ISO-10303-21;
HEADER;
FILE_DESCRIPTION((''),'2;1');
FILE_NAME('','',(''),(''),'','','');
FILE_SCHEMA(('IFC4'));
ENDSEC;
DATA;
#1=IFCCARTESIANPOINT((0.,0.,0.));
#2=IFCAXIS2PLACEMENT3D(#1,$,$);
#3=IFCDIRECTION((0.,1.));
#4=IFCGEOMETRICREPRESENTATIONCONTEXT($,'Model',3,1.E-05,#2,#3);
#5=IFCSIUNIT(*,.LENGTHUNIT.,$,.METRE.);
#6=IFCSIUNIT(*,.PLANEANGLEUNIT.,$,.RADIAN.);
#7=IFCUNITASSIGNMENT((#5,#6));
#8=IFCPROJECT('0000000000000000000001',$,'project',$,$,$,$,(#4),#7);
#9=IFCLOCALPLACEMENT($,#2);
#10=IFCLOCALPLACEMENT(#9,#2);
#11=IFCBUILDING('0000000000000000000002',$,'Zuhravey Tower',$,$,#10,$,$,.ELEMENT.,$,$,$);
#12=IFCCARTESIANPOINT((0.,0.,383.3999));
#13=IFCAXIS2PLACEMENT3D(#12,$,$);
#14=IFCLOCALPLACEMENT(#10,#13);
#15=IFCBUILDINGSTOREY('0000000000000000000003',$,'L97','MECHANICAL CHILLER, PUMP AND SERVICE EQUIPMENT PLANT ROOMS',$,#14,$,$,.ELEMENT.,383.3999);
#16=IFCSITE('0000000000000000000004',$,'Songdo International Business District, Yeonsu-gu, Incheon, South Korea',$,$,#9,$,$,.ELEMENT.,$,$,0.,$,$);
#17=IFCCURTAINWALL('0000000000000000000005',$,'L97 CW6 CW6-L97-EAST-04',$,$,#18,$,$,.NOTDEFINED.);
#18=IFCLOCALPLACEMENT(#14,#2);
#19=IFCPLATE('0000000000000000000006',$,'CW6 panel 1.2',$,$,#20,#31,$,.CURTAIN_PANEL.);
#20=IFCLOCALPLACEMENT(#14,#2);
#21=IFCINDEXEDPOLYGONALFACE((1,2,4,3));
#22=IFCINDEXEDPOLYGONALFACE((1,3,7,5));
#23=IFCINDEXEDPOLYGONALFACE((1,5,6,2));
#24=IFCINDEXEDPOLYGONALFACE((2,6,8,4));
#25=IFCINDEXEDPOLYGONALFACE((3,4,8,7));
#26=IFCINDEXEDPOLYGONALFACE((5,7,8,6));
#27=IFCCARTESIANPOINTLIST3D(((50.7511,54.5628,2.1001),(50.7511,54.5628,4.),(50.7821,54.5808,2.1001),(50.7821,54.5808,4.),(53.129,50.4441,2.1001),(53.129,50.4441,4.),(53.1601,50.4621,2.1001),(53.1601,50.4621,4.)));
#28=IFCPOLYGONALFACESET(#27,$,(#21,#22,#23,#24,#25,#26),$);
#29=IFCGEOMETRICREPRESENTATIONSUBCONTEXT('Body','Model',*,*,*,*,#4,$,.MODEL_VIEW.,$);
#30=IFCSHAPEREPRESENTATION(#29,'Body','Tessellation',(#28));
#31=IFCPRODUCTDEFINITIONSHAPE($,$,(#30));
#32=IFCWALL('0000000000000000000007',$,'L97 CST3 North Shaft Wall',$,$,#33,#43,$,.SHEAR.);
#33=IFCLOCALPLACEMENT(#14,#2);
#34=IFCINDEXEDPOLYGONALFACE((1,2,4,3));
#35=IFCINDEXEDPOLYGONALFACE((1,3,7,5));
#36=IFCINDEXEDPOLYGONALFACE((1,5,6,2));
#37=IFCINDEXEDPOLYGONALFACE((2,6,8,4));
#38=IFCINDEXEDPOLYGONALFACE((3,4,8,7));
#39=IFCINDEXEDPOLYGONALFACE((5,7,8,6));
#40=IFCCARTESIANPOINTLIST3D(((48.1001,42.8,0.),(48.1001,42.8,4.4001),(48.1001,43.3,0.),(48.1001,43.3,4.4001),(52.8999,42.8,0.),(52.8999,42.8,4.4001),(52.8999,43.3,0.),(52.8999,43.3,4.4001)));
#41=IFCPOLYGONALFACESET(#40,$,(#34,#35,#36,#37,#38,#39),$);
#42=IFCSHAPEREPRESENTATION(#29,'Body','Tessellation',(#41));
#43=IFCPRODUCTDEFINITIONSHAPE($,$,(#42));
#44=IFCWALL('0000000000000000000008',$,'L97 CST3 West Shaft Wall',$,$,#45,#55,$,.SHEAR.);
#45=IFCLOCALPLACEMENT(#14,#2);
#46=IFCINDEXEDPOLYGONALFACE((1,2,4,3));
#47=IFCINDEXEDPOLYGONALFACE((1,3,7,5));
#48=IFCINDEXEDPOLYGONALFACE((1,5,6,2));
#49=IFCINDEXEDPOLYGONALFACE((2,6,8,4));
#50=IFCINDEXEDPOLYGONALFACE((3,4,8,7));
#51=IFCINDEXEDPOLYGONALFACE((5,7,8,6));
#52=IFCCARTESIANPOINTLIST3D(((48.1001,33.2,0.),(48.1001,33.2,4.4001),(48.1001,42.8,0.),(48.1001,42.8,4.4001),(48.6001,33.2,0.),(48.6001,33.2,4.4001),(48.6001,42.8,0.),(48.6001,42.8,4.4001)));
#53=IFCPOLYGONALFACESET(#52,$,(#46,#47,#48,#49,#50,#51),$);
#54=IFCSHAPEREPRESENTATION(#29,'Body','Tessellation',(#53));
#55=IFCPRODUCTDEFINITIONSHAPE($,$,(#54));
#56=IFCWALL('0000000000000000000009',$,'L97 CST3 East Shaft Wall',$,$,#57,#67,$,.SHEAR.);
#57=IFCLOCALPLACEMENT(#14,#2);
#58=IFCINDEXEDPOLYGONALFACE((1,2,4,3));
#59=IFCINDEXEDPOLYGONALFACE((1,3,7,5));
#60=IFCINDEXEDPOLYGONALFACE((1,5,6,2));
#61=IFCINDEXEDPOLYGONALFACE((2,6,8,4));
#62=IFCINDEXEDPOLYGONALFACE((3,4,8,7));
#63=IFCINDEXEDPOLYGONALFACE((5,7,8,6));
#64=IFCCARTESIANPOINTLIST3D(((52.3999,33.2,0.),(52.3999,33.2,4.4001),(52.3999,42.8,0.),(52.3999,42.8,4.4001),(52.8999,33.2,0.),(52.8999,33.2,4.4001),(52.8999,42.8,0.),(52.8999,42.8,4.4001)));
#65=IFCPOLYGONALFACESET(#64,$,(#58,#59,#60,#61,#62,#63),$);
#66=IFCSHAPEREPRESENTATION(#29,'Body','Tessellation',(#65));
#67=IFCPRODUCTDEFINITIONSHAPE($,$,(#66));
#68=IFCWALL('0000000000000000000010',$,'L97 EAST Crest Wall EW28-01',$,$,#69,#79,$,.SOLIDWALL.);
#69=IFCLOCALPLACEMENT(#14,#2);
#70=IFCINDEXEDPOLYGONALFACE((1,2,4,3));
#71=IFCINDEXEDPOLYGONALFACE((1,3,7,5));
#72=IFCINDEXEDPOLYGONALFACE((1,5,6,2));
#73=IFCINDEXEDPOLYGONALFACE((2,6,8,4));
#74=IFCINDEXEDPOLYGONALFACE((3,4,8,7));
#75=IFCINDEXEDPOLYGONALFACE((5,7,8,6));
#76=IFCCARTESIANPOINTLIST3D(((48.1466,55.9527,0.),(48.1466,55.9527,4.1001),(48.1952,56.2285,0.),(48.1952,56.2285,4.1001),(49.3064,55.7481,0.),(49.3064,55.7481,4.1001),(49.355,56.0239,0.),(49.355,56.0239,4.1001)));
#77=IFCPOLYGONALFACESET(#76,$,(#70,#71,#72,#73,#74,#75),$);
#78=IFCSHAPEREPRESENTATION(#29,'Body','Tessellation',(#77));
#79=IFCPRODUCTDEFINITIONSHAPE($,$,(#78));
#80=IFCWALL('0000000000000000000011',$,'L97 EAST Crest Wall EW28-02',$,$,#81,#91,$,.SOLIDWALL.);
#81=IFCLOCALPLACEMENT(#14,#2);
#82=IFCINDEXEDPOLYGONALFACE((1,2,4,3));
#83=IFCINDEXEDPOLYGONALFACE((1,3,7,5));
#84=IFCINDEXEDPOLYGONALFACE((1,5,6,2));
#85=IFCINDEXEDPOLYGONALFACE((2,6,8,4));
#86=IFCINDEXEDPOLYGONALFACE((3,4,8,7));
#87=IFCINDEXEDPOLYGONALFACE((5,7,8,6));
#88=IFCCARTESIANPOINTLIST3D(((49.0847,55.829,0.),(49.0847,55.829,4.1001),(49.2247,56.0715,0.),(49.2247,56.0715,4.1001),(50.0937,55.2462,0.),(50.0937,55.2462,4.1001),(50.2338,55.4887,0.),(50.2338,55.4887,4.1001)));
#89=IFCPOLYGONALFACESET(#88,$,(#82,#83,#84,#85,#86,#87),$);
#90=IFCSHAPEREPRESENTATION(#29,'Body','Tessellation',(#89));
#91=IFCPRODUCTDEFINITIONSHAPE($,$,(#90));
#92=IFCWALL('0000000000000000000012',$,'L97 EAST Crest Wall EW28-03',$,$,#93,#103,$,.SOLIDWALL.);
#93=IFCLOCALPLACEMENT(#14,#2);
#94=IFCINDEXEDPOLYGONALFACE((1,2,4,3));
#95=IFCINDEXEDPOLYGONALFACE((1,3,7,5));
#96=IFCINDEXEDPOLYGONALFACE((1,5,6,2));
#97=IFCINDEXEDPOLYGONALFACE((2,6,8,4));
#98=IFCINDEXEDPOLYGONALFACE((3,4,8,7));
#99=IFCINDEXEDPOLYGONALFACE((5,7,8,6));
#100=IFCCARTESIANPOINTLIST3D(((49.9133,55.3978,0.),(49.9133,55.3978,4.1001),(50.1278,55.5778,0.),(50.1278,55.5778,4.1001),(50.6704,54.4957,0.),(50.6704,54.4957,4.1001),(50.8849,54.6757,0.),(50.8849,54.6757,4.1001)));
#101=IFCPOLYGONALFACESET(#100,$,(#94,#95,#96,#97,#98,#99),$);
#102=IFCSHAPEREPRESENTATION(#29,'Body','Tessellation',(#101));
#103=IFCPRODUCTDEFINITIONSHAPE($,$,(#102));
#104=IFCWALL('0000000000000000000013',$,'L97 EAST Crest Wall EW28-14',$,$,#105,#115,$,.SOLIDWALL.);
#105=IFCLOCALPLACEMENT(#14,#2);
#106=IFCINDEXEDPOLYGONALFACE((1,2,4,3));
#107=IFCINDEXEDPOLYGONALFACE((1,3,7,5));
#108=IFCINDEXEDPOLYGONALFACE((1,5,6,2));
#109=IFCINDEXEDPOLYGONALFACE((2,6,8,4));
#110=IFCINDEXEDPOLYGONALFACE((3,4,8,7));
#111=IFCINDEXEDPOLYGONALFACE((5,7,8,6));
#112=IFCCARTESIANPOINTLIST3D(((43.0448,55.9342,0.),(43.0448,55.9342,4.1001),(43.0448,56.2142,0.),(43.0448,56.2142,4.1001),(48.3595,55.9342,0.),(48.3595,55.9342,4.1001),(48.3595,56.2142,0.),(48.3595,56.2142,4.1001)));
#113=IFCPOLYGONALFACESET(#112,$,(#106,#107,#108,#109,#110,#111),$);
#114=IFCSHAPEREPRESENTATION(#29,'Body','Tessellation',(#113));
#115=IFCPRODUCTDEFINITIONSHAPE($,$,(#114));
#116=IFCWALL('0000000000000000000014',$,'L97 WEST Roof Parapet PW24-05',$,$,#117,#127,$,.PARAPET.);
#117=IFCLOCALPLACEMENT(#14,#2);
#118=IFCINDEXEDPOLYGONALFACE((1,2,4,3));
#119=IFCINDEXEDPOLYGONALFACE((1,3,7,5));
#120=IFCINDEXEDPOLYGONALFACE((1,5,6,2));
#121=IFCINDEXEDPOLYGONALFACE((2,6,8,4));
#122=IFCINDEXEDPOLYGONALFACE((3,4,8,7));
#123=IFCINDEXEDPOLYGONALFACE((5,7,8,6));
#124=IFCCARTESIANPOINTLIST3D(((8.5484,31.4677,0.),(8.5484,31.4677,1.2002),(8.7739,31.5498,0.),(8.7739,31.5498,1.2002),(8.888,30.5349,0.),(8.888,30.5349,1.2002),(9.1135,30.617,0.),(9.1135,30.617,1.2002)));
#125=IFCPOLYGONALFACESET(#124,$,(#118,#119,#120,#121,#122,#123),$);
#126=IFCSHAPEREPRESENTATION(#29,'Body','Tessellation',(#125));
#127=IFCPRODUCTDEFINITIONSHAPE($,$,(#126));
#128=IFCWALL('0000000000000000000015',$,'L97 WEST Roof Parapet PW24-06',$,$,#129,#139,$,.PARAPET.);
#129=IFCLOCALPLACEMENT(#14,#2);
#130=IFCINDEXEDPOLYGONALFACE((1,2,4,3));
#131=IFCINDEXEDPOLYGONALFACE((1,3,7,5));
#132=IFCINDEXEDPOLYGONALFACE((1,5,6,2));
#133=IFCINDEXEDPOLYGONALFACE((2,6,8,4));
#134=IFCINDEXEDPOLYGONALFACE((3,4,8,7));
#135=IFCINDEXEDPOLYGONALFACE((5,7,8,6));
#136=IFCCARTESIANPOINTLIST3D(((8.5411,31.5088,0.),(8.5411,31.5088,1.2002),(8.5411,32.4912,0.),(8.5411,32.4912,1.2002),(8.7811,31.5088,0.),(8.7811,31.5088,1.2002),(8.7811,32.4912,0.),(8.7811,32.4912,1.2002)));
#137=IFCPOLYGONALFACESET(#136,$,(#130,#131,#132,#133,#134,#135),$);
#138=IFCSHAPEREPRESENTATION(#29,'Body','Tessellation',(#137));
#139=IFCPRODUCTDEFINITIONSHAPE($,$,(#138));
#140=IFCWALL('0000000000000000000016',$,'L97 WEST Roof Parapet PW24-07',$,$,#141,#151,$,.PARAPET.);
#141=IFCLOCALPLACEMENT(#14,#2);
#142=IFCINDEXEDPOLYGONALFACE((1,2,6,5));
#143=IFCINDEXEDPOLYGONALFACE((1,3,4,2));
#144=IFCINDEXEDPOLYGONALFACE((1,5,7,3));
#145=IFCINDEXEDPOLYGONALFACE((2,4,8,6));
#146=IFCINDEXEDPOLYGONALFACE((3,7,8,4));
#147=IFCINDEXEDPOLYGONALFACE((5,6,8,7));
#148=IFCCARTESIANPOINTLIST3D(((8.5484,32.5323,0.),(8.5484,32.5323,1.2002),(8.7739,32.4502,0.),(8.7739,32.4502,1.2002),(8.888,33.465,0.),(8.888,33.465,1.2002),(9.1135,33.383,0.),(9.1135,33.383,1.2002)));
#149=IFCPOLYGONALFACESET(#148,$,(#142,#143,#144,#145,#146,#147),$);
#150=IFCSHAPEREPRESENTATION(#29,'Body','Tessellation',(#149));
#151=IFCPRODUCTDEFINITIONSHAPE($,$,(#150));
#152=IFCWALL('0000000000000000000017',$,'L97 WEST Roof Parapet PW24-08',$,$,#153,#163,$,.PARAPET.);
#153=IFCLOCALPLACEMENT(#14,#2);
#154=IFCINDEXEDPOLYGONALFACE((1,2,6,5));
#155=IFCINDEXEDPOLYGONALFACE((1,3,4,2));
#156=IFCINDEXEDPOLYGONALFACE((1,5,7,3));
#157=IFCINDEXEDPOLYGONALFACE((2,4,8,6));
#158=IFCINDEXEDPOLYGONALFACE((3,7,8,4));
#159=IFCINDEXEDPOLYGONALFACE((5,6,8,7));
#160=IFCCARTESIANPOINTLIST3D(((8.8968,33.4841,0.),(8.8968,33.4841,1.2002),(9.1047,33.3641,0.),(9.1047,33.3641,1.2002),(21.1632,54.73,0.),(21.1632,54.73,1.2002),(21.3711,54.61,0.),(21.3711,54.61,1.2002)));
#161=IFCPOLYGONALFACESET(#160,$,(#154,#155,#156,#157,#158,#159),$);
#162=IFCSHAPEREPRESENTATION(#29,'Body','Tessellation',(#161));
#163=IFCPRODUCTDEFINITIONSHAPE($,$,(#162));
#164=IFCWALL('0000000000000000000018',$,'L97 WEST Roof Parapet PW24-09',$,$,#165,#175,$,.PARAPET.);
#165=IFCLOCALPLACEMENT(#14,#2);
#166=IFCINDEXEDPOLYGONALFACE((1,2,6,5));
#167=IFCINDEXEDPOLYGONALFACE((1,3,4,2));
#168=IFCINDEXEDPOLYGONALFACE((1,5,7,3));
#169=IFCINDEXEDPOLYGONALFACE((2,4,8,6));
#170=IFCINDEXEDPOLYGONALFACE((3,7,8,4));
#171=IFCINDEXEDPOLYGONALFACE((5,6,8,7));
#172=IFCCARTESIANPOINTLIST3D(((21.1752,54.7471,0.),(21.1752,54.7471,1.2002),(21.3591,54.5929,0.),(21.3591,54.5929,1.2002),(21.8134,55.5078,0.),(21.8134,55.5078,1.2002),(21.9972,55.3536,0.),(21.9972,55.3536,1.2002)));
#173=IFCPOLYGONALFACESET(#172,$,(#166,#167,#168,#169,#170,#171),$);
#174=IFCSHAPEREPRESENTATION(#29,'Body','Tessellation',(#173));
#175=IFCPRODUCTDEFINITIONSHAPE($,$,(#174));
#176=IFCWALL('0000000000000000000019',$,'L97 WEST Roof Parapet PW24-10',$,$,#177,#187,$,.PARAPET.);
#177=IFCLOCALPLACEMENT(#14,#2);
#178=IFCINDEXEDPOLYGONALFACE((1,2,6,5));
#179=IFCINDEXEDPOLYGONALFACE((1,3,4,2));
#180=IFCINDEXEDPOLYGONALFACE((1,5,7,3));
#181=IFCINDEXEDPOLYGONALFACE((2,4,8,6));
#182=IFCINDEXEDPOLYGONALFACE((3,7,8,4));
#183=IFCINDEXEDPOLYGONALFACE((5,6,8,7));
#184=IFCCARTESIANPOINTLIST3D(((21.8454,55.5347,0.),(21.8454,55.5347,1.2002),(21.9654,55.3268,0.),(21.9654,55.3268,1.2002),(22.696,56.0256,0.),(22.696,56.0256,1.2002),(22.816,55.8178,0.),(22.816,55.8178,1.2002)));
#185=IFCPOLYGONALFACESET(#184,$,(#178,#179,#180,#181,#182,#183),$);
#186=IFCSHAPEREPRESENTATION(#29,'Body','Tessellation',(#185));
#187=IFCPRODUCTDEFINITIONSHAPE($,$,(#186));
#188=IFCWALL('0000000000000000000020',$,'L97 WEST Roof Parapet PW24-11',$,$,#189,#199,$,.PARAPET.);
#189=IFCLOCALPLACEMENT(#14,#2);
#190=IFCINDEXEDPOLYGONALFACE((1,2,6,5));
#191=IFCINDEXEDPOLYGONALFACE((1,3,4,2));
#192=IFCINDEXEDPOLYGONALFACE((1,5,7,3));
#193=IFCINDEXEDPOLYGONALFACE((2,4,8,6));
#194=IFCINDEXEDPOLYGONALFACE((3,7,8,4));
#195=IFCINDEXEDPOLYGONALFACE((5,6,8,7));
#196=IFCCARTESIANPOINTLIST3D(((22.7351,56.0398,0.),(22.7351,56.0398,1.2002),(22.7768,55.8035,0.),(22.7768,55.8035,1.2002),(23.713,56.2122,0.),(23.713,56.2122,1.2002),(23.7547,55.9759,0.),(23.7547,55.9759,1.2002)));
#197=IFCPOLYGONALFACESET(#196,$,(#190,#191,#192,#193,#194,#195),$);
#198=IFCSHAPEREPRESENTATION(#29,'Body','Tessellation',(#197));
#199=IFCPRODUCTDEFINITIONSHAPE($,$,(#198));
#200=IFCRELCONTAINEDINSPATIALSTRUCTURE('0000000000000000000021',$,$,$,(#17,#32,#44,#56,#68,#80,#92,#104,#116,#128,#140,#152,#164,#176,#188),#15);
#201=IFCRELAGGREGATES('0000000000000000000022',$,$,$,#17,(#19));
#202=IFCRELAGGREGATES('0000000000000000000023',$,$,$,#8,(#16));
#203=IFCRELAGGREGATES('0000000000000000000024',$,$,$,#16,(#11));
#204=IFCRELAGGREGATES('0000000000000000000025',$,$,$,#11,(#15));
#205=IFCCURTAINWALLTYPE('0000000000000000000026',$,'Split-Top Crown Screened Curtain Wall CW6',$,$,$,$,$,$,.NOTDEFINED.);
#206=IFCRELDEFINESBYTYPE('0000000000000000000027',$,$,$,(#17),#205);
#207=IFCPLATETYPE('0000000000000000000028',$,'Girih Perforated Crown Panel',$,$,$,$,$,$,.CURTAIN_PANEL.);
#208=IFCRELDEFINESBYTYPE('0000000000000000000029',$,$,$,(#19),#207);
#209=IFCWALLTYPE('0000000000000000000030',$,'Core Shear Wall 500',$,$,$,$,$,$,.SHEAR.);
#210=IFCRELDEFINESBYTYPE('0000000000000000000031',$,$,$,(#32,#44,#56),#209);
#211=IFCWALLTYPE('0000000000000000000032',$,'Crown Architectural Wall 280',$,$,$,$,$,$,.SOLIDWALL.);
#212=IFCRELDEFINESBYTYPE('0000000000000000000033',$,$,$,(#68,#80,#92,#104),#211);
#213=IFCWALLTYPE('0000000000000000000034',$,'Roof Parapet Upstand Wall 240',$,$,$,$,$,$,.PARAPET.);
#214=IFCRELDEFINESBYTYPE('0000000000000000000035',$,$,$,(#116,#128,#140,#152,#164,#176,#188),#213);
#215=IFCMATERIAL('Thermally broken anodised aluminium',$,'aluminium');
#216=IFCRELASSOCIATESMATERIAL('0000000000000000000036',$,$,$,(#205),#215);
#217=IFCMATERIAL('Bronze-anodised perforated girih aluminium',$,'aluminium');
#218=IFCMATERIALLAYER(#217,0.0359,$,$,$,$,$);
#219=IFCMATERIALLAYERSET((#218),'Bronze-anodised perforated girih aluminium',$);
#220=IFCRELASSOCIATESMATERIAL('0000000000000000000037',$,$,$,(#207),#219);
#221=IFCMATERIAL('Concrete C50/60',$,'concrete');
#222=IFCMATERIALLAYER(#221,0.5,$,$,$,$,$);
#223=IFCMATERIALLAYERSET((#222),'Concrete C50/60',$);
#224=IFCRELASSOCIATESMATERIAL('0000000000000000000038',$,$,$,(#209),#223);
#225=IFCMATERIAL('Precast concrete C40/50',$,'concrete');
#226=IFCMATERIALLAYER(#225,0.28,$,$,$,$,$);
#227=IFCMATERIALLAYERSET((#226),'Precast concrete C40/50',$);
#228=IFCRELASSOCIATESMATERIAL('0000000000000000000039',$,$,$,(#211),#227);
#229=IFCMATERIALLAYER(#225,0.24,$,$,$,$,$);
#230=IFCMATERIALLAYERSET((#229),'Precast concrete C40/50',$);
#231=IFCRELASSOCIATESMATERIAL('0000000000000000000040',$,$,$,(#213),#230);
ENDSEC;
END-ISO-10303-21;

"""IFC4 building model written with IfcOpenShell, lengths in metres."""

from ifc_helpers import new_model, si_unit, direction, frame, frame_2d, origin, origin_2d, place, context, subcontext, project, spatial, rectangle, extrude, material, layer, layer_set, type_object, element, aggregate, save


model = new_model("IFC4")

# Units and contexts
model_context = context("Model", 3, precision=1e-05, world=origin(), true_north=direction((0.0, 1.0)))
body_context = subcontext(model_context, "Body", "Model", "MODEL_VIEW")
ifc_project = project(units=[si_unit("LENGTHUNIT", "METRE"), si_unit("PLANEANGLEUNIT", "RADIAN")], contexts=[model_context])

# Site, building, storey
site_placement = place(None, origin())
site = spatial("IfcSite", under=ifc_project, at=site_placement, Name="Songdo International Business District, Yeonsu-gu, Incheon, South Korea", CompositionType="ELEMENT", RefElevation=0.0)
building_placement = place(site_placement, origin())
building = spatial("IfcBuilding", under=site, at=building_placement, Name="Zuhravey Tower", CompositionType="ELEMENT")
storey_placement = place(building_placement, frame((0.0, 0.0, 383.3999)))
storey = spatial("IfcBuildingStorey", under=building, at=storey_placement, Name="L97", Description="MECHANICAL CHILLER, PUMP AND SERVICE EQUIPMENT PLANT ROOMS", CompositionType="ELEMENT", Elevation=383.3999)

# Curtain wall, plate
ifc_material_1 = material(Name="Thermally broken anodised aluminium", Category="aluminium")
curtain_wall_type = type_object("IfcCurtainWallType", Name="Split-Top Crown Screened Curtain Wall CW6", PredefinedType="NOTDEFINED", material=ifc_material_1)
curtain_wall_placement = place(storey_placement, origin())
curtain_wall = element("IfcCurtainWall", 1, at=curtain_wall_placement, inside=storey, type_object=curtain_wall_type, Name="L97 CW6 CW6-L97-EAST-04", PredefinedType="NOTDEFINED")
ifc_material_2 = material(Name="Bronze-anodised perforated girih aluminium", Category="aluminium")
ifc_layer_1 = layer(ifc_material_2, 0.0359)
ifc_layer_set_1 = layer_set([ifc_layer_1], Name="Bronze-anodised perforated girih aluminium")
plate_type = type_object("IfcPlateType", Name="Girih Perforated Crown Panel", PredefinedType="CURTAIN_PANEL", material=ifc_layer_set_1)
plate_1_placement = place(storey_placement, frame((51.9556, 52.5125, 2.1001), z_axis=(0.0, 0.0, 1.0), x_axis=(0.499997, -0.866027, 0.0)))
plate_1 = element("IfcPlate", 2, at=plate_1_placement, type_object=plate_type, Name="CW6 panel 1.2", PredefinedType="CURTAIN_PANEL", context=body_context, shape_type="SweptSolid", body=[
    extrude(rectangle(XDim=4.7559, YDim=0.0359, at=origin_2d()), origin(), (0.0, 0.0, 1.0), 1.8999),
])
aggregate(curtain_wall, [plate_1])

# Shared definitions
ifc_material_3 = material(Name="Concrete C50/60", Category="concrete")
ifc_layer_2 = layer(ifc_material_3, 0.5)
ifc_layer_set_2 = layer_set([ifc_layer_2], Name="Concrete C50/60")
wall_type_1 = type_object("IfcWallType", Name="Core Shear Wall 500", PredefinedType="SHEAR", material=ifc_layer_set_2)

# Walls
wall_1_placement = place(storey_placement, frame((52.8999, 43.05, 0.0), z_axis=(0.0, 0.0, 1.0), x_axis=(-1.0, 0.0, 0.0)))
element("IfcWall", 3, at=wall_1_placement, inside=storey, type_object=wall_type_1, Name="L97 CST3 North Shaft Wall", PredefinedType="SHEAR", context=body_context, shape_type="SweptSolid", body=[
    extrude(rectangle(XDim=4.7998, YDim=0.5, at=frame_2d((2.3999, 0.0))), origin(), (0.0, 0.0, 1.0), 4.4001),
])
for number, where, z_axis, x_axis, name in (
    (4, (48.3501, 33.2, 0.0), (0.0, 0.0, 1.0), (0.0, 1.0, 0.0), "L97 CST3 West Shaft Wall"),
    (5, (52.6499, 42.8, 0.0), (0.0, 0.0, 1.0), (0.0, -1.0, 0.0), "L97 CST3 East Shaft Wall"),
):
    element("IfcWall", number, at=place(storey_placement, frame(where, z_axis=z_axis, x_axis=x_axis)), inside=storey, type_object=wall_type_1, Name=name, PredefinedType="SHEAR", context=body_context, shape_type="SweptSolid", body=[
        extrude(rectangle(XDim=9.6001, YDim=0.5, at=frame_2d((4.8, 0.0))), origin(), (0.0, 0.0, 1.0), 4.4001),
    ])
ifc_material_4 = material(Name="Precast concrete C40/50", Category="concrete")
ifc_layer_3 = layer(ifc_material_4, 0.28)
ifc_layer_set_3 = layer_set([ifc_layer_3], Name="Precast concrete C40/50")
wall_type_2 = type_object("IfcWallType", Name="Crown Architectural Wall 280", PredefinedType="SOLIDWALL", material=ifc_layer_set_3)
wall_2_placement = place(storey_placement, frame((48.1709, 56.0906, 0.0), z_axis=(0.0, 0.0, 1.0), x_axis=(0.984798, -0.173703, 0.0)))
element("IfcWall", 6, at=wall_2_placement, inside=storey, type_object=wall_type_2, Name="L97 EAST Crest Wall EW28-01", PredefinedType="SOLIDWALL", context=body_context, shape_type="SweptSolid", body=[
    extrude(rectangle(XDim=1.1777, YDim=0.28, at=frame_2d((0.5889, 0.0))), origin(), (0.0, 0.0, 1.0), 4.1001),
])
wall_3_placement = place(storey_placement, frame((49.1548, 55.9502, 0.0), z_axis=(0.0, 0.0, 1.0), x_axis=(0.865952, -0.500127, 0.0)))
element("IfcWall", 7, at=wall_3_placement, inside=storey, type_object=wall_type_2, Name="L97 EAST Crest Wall EW28-02", PredefinedType="SOLIDWALL", context=body_context, shape_type="SweptSolid", body=[
    extrude(rectangle(XDim=1.1653, YDim=0.28, at=frame_2d((0.5825, 0.0))), origin(), (0.0, 0.0, 1.0), 4.1001),
])
wall_4_placement = place(storey_placement, frame((50.0205, 55.4878, 0.0), z_axis=(0.0, 0.0, 1.0), x_axis=(0.642852, -0.765991, 0.0)))
element("IfcWall", 8, at=wall_4_placement, inside=storey, type_object=wall_type_2, Name="L97 EAST Crest Wall EW28-03", PredefinedType="SOLIDWALL", context=body_context, shape_type="SweptSolid", body=[
    extrude(rectangle(XDim=1.1777, YDim=0.28, at=frame_2d((0.5889, 0.0))), origin(), (0.0, 0.0, 1.0), 4.1001),
])
wall_5_placement = place(storey_placement, frame((43.0449, 56.0742, 0.0), z_axis=(0.0, 0.0, 1.0), x_axis=(1.0, 0.0, 0.0)))
element("IfcWall", 9, at=wall_5_placement, inside=storey, type_object=wall_type_2, Name="L97 EAST Crest Wall EW28-14", PredefinedType="SOLIDWALL", context=body_context, shape_type="SweptSolid", body=[
    extrude(rectangle(XDim=5.3147, YDim=0.28, at=frame_2d((2.6572, 0.0))), origin(), (0.0, 0.0, 1.0), 4.1001),
])
ifc_layer_4 = layer(ifc_material_4, 0.24)
ifc_layer_set_4 = layer_set([ifc_layer_4], Name="Precast concrete C40/50")
wall_type_3 = type_object("IfcWallType", Name="Roof Parapet Upstand Wall 240", PredefinedType="PARAPET", material=ifc_layer_set_4)
wall_6_placement = place(storey_placement, frame((9.0007, 30.5759, 0.0), z_axis=(0.0, 0.0, 1.0), x_axis=(-0.342079, 0.939671, 0.0)))
element("IfcWall", 10, at=wall_6_placement, inside=storey, type_object=wall_type_3, Name="L97 WEST Roof Parapet PW24-05", PredefinedType="PARAPET", context=body_context, shape_type="SweptSolid", body=[
    extrude(rectangle(XDim=0.9927, YDim=0.24, at=frame_2d((0.4963, 0.0))), origin(), (0.0, 0.0, 1.0), 1.2002),
])
wall_7_placement = place(storey_placement, frame((8.6611, 31.5088, 0.0), z_axis=(0.0, 0.0, 1.0), x_axis=(0.0, 1.0, 0.0)))
element("IfcWall", 11, at=wall_7_placement, inside=storey, type_object=wall_type_3, Name="L97 WEST Roof Parapet PW24-06", PredefinedType="PARAPET", context=body_context, shape_type="SweptSolid", body=[
    extrude(rectangle(XDim=0.9824, YDim=0.24, at=frame_2d((0.4912, 0.0))), origin(), (0.0, 0.0, 1.0), 1.2002),
])
wall_8_placement = place(storey_placement, frame((8.6611, 32.4912, 0.0), z_axis=(0.0, 0.0, 1.0), x_axis=(0.342079, 0.939671, 0.0)))
element("IfcWall", 12, at=wall_8_placement, inside=storey, type_object=wall_type_3, Name="L97 WEST Roof Parapet PW24-07", PredefinedType="PARAPET", context=body_context, shape_type="SweptSolid", body=[
    extrude(rectangle(XDim=0.9927, YDim=0.24, at=frame_2d((0.4963, 0.0))), origin(), (0.0, 0.0, 1.0), 1.2002),
])
wall_9_placement = place(storey_placement, frame((9.0007, 33.4241, 0.0), z_axis=(0.0, 0.0, 1.0), x_axis=(0.500002, 0.866024, 0.0)))
element("IfcWall", 13, at=wall_9_placement, inside=storey, type_object=wall_type_3, Name="L97 WEST Roof Parapet PW24-08", PredefinedType="PARAPET", context=body_context, shape_type="SweptSolid", body=[
    extrude(rectangle(XDim=24.5327, YDim=0.24, at=frame_2d((12.2664, 0.0))), origin(), (0.0, 0.0, 1.0), 1.2002),
])
wall_10_placement = place(storey_placement, frame((21.2671, 54.6699, 0.0), z_axis=(0.0, 0.0, 1.0), x_axis=(0.642696, 0.766121, 0.0)))
element("IfcWall", 14, at=wall_10_placement, inside=storey, type_object=wall_type_3, Name="L97 WEST Roof Parapet PW24-09", PredefinedType="PARAPET", context=body_context, shape_type="SweptSolid", body=[
    extrude(rectangle(XDim=0.9929, YDim=0.24, at=frame_2d((0.4966, 0.0))), origin(), (0.0, 0.0, 1.0), 1.2002),
])
wall_11_placement = place(storey_placement, frame((21.9053, 55.4307, 0.0), z_axis=(0.0, 0.0, 1.0), x_axis=(0.866078, 0.499909, 0.0)))
element("IfcWall", 15, at=wall_11_placement, inside=storey, type_object=wall_type_3, Name="L97 WEST Roof Parapet PW24-10", PredefinedType="PARAPET", context=body_context, shape_type="SweptSolid", body=[
    extrude(rectangle(XDim=0.9822, YDim=0.24, at=frame_2d((0.4912, 0.0))), origin(), (0.0, 0.0, 1.0), 1.2002),
])
wall_12_placement = place(storey_placement, frame((22.7559, 55.9216, 0.0), z_axis=(0.0, 0.0, 1.0), x_axis=(0.984816, 0.173603, 0.0)))
element("IfcWall", 16, at=wall_12_placement, inside=storey, type_object=wall_type_3, Name="L97 WEST Roof Parapet PW24-11", PredefinedType="PARAPET", context=body_context, shape_type="SweptSolid", body=[
    extrude(rectangle(XDim=0.9929, YDim=0.24, at=frame_2d((0.4966, 0.0))), origin(), (0.0, 0.0, 1.0), 1.2002),
])

save(model, "model.ifc")
